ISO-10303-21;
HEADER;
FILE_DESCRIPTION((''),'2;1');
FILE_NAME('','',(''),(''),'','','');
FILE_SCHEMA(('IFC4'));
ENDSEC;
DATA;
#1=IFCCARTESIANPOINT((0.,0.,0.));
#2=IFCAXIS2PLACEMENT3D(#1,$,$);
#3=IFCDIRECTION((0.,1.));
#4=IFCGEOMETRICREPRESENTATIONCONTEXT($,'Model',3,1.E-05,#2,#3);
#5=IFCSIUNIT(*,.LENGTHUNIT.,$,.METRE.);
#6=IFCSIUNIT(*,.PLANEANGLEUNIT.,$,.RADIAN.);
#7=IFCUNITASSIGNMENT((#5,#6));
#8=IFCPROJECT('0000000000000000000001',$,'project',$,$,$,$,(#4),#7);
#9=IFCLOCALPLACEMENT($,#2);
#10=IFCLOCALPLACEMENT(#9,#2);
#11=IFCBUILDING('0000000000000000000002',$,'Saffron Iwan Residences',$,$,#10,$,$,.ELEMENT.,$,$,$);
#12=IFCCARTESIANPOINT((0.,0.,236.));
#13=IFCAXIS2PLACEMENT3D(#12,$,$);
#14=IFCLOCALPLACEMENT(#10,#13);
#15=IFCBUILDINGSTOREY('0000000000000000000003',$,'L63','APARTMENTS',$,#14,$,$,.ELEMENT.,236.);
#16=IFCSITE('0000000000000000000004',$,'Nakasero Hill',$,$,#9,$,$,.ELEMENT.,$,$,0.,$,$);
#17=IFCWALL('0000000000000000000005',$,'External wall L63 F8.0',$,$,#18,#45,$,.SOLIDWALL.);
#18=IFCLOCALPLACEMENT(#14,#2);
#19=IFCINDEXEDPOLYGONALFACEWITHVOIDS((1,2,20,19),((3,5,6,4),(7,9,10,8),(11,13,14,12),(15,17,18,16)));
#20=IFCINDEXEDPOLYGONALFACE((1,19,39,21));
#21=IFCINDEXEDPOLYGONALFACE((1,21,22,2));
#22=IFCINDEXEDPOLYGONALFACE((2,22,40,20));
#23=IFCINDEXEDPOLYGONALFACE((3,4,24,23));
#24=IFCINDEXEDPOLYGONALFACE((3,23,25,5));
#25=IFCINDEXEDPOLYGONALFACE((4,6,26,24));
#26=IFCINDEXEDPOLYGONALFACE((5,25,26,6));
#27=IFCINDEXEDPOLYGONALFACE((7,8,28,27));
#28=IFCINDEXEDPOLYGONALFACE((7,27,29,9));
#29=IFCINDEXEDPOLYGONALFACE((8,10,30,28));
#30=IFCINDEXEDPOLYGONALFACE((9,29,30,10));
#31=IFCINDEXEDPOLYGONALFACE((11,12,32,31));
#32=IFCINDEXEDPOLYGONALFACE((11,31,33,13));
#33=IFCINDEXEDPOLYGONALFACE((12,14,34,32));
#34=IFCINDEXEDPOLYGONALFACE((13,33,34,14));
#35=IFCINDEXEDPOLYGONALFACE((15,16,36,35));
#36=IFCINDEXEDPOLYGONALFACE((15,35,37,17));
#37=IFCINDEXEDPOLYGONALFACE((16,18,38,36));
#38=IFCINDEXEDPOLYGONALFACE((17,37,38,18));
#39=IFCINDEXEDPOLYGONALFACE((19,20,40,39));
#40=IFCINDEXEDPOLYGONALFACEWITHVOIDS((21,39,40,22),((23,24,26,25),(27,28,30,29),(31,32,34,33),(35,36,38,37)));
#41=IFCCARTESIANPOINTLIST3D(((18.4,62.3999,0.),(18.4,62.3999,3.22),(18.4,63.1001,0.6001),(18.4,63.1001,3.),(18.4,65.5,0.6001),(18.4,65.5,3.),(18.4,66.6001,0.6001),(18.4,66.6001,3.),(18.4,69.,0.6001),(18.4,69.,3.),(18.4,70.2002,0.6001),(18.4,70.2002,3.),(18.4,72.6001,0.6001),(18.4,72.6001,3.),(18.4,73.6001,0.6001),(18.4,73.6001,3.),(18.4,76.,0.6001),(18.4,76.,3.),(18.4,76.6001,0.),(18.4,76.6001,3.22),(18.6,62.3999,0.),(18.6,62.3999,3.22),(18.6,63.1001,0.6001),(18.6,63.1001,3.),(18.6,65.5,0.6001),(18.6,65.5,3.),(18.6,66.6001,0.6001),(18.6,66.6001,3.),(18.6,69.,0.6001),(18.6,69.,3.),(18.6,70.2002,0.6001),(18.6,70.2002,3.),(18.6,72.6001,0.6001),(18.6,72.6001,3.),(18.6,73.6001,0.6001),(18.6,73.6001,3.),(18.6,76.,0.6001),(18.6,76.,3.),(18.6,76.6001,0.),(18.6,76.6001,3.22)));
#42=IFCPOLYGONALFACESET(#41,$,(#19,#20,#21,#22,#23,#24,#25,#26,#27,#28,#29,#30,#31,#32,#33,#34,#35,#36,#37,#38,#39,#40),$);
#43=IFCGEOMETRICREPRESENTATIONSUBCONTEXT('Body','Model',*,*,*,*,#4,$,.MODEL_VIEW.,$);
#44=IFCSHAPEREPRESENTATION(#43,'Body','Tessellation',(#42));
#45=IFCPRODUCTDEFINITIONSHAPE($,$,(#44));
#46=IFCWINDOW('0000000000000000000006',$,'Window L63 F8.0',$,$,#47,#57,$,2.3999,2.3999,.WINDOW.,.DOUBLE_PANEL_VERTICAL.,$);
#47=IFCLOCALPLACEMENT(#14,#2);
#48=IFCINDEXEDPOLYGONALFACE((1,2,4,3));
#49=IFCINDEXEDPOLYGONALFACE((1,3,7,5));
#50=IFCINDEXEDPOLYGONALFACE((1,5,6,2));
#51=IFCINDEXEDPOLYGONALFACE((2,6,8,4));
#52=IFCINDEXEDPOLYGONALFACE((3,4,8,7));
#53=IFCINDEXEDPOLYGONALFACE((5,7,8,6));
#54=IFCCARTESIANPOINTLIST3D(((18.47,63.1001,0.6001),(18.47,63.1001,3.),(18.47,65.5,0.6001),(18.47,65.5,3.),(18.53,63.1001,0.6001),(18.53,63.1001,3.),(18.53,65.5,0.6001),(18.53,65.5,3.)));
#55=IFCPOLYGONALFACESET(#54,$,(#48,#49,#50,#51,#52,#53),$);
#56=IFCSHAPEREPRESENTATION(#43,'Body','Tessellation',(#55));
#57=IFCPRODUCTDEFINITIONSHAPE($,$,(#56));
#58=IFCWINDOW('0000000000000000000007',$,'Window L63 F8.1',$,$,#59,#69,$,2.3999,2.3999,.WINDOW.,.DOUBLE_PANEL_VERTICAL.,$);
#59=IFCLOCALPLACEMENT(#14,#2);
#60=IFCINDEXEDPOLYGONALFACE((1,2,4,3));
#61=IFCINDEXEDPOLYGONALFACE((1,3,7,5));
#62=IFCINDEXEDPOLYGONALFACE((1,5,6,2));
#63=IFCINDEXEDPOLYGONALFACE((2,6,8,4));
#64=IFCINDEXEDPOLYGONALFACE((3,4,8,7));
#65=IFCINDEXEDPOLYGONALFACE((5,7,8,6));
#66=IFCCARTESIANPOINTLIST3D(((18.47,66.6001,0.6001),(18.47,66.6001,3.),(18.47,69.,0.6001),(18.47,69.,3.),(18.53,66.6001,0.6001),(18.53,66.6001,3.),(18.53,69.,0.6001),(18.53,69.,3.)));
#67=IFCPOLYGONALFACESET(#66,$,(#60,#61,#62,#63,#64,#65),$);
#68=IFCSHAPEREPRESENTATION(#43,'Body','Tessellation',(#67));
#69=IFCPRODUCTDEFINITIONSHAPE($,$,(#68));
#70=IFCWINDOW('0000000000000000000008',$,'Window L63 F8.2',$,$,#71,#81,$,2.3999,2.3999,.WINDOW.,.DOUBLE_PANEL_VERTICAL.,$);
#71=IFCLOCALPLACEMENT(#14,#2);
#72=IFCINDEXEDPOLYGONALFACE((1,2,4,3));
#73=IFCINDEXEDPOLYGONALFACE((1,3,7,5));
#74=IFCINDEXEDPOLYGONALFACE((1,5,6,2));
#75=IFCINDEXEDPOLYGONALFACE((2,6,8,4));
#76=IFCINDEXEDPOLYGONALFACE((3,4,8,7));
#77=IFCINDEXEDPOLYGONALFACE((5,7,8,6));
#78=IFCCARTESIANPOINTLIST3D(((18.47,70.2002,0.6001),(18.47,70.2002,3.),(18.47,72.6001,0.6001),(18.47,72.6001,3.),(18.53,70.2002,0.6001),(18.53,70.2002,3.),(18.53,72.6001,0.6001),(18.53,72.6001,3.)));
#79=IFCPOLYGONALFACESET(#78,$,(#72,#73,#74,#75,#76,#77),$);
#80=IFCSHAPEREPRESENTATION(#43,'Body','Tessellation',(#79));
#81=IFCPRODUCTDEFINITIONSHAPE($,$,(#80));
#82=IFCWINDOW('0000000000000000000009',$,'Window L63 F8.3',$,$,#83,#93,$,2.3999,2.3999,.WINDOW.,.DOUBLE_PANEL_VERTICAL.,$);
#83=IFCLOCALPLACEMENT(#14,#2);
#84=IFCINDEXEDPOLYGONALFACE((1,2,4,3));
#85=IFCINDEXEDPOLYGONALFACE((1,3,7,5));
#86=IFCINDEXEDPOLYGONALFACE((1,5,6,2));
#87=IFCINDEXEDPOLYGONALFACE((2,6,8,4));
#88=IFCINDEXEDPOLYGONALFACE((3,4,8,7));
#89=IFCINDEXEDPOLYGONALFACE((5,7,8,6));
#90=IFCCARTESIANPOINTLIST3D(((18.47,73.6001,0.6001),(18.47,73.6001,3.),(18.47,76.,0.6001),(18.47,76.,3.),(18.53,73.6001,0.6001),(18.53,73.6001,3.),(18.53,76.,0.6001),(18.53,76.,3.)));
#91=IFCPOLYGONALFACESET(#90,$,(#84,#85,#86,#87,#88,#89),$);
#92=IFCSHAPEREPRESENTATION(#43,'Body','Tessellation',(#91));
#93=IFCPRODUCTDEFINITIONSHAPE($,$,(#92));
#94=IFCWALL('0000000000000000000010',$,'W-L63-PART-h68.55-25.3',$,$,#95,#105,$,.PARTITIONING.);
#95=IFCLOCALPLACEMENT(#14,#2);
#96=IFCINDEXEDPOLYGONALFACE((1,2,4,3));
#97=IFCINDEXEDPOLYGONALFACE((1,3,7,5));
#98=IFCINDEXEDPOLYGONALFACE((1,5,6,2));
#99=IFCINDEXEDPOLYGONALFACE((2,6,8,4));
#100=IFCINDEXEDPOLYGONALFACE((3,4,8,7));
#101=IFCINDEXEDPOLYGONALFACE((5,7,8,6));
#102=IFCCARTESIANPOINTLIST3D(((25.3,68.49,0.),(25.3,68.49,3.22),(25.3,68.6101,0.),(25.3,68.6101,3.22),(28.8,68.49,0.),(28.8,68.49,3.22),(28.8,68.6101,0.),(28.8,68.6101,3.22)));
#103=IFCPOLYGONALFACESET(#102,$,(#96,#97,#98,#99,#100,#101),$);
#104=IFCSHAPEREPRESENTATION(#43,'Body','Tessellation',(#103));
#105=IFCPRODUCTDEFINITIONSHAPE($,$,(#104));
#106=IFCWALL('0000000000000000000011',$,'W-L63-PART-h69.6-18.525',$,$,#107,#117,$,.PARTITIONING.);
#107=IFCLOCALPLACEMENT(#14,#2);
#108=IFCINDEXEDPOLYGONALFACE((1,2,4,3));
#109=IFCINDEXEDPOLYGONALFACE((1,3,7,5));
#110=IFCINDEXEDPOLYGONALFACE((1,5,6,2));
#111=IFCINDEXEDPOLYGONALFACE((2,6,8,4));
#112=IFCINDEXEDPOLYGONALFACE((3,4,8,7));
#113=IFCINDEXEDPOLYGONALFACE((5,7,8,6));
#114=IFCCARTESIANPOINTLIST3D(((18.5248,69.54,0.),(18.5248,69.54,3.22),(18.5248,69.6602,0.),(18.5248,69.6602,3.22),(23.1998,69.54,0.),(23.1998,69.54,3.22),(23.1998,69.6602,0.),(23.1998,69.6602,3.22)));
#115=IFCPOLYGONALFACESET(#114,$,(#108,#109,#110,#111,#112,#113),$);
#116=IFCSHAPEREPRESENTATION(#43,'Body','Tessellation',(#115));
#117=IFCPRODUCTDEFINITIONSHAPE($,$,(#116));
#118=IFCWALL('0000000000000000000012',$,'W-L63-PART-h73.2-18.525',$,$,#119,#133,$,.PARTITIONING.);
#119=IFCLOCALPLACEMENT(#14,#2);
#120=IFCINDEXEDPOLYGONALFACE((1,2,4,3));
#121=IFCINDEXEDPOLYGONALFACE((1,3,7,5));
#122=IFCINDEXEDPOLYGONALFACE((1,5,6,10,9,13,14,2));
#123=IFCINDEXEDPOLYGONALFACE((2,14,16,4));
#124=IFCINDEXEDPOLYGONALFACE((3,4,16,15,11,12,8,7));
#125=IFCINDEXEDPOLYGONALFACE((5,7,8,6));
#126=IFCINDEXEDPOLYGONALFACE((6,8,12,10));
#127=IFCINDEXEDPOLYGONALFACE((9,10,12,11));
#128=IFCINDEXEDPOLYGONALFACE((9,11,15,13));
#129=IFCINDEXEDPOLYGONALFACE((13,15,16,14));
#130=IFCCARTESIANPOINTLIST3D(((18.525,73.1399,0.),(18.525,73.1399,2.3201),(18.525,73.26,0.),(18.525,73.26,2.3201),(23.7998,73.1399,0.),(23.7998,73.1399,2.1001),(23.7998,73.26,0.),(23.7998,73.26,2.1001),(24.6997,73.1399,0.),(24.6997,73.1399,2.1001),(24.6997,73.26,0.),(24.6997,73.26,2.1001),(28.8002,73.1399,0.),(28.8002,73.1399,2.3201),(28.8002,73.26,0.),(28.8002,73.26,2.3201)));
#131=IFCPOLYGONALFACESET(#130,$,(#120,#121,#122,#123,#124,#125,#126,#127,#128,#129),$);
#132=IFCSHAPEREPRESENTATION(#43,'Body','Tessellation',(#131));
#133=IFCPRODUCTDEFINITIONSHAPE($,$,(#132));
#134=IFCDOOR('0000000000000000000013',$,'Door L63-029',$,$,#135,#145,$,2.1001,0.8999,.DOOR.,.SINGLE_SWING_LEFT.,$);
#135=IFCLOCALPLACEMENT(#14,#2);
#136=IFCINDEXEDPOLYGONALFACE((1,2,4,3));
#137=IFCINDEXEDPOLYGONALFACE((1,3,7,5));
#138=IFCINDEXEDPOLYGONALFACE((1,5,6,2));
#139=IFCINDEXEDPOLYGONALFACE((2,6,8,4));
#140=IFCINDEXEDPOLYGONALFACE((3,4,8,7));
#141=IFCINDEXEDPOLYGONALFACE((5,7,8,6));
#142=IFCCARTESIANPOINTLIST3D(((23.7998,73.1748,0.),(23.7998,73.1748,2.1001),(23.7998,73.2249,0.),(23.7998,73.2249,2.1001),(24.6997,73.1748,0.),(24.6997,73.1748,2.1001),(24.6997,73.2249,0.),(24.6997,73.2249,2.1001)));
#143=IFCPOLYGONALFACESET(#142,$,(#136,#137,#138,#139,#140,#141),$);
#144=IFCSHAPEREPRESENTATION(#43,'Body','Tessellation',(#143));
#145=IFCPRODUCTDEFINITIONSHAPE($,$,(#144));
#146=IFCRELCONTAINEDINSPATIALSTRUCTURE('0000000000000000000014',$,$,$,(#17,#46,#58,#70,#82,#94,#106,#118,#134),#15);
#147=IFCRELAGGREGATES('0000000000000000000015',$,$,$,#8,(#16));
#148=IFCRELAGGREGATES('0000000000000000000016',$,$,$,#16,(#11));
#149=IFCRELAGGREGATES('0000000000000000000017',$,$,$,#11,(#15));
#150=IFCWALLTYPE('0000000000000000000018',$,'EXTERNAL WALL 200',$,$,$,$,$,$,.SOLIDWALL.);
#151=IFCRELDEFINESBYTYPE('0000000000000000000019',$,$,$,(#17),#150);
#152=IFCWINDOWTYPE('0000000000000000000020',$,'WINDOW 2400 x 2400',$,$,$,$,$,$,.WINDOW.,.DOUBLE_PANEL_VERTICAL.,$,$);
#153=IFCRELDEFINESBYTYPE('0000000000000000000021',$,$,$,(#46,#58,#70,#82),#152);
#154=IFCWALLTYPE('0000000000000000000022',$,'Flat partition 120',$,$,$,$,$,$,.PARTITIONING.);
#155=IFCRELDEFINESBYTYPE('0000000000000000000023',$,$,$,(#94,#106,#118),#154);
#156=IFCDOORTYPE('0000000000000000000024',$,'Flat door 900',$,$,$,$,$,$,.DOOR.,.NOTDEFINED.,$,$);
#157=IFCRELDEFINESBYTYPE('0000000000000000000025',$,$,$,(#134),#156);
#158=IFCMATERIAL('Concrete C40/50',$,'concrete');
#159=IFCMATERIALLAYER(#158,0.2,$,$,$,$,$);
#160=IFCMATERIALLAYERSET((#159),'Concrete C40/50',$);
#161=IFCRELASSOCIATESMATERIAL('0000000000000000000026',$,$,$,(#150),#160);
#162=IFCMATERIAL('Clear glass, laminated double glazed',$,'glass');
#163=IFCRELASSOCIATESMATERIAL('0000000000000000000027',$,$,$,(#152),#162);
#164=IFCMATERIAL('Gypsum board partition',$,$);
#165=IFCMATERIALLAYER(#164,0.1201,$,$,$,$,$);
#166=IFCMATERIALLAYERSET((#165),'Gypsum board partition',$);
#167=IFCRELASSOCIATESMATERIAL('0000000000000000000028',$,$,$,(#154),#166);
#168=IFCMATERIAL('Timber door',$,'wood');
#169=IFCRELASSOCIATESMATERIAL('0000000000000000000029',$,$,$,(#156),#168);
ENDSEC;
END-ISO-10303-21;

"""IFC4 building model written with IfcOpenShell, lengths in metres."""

from ifc_helpers import new_model, si_unit, direction, frame, frame_2d, origin, place, context, subcontext, project, spatial, rectangle, extrude, material, layer, layer_set, type_object, element, fill, save


model = new_model("IFC4")

# Units and contexts
model_context = context("Model", 3, precision=1e-05, world=origin(), true_north=direction((0.0, 1.0)))
body_context = subcontext(model_context, "Body", "Model", "MODEL_VIEW")
ifc_project = project(units=[si_unit("LENGTHUNIT", "METRE"), si_unit("PLANEANGLEUNIT", "RADIAN")], contexts=[model_context])

# Site, building, storey
site_placement = place(None, origin())
site = spatial("IfcSite", under=ifc_project, at=site_placement, Name="Nakasero Hill", CompositionType="ELEMENT", RefElevation=0.0)
building_placement = place(site_placement, origin())
building = spatial("IfcBuilding", under=site, at=building_placement, Name="Saffron Iwan Residences", CompositionType="ELEMENT")
storey_placement = place(building_placement, frame((0.0, 0.0, 236.0)))
storey = spatial("IfcBuildingStorey", under=building, at=storey_placement, Name="L63", Description="APARTMENTS", CompositionType="ELEMENT", Elevation=236.0)

# Shared definitions
ifc_material_1 = material(Name="Concrete C40/50", Category="concrete")

# Shared definitions
ifc_layer_1 = layer(ifc_material_1, 0.2)
ifc_layer_set_1 = layer_set([ifc_layer_1], Name="Concrete C40/50")
wall_type_1 = type_object("IfcWallType", Name="EXTERNAL WALL 200", PredefinedType="SOLIDWALL", material=ifc_layer_set_1)
ifc_material_2 = material(Name="Clear glass, laminated double glazed", Category="glass")
window_type_1 = type_object("IfcWindowType", Name="WINDOW 2400 x 2400", PartitioningType="DOUBLE_PANEL_VERTICAL", PredefinedType="WINDOW", material=ifc_material_2)

# Wall, openings, windows
wall_1_placement = place(storey_placement, frame((18.5, 76.6001, 0.0), z_axis=(0.0, 0.0, 1.0), x_axis=(0.0, -1.0, 0.0)))
wall_1 = element("IfcWall", 1, at=wall_1_placement, inside=storey, type_object=wall_type_1, Name="External wall L63 F8.0", PredefinedType="SOLIDWALL", context=body_context, shape_type="SweptSolid", body=[
    extrude(rectangle(XDim=14.2002, YDim=0.2, at=frame_2d((7.1001, 0.0))), origin(), (0.0, 0.0, 1.0), 3.22),
])
opening_1_placement = place(wall_1_placement, frame((11.1001, 0.0, 0.6001)))
opening_1 = element("IfcOpeningElement", 2, at=opening_1_placement, cuts=wall_1, PredefinedType="OPENING", context=body_context, shape_type="SweptSolid", body=[
    extrude(rectangle(XDim=2.3999, YDim=2.3999, at=frame_2d((1.2, 1.2))), frame((0.0, 0.1099, 0.0), z_axis=(0.0, -1.0, 0.0), x_axis=(1.0, 0.0, 0.0)), (0.0, 0.0, 1.0), 0.22),
])
opening_2_placement = place(wall_1_placement, frame((7.6001, 0.0, 0.6001)))
opening_2 = element("IfcOpeningElement", 3, at=opening_2_placement, cuts=wall_1, PredefinedType="OPENING", context=body_context, shape_type="SweptSolid", body=[
    extrude(rectangle(XDim=2.3999, YDim=2.3999, at=frame_2d((1.2, 1.2))), frame((0.0, 0.1099, 0.0), z_axis=(0.0, -1.0, 0.0), x_axis=(1.0, 0.0, 0.0)), (0.0, 0.0, 1.0), 0.22),
])
opening_3_placement = place(wall_1_placement, frame((4.0, 0.0, 0.6001)))
opening_3 = element("IfcOpeningElement", 4, at=opening_3_placement, cuts=wall_1, PredefinedType="OPENING", context=body_context, shape_type="SweptSolid", body=[
    extrude(rectangle(XDim=2.3999, YDim=2.3999, at=frame_2d((1.2, 1.2))), frame((0.0, 0.1099, 0.0), z_axis=(0.0, -1.0, 0.0), x_axis=(1.0, 0.0, 0.0)), (0.0, 0.0, 1.0), 0.22),
])
opening_4_placement = place(wall_1_placement, frame((0.6001, 0.0, 0.6001)))
opening_4 = element("IfcOpeningElement", 5, at=opening_4_placement, cuts=wall_1, PredefinedType="OPENING", context=body_context, shape_type="SweptSolid", body=[
    extrude(rectangle(XDim=2.3999, YDim=2.3999, at=frame_2d((1.2, 1.2))), frame((0.0, 0.1099, 0.0), z_axis=(0.0, -1.0, 0.0), x_axis=(1.0, 0.0, 0.0)), (0.0, 0.0, 1.0), 0.22),
])
window_1_placement = place(opening_1_placement, origin())
window_1 = element("IfcWindow", 6, at=window_1_placement, inside=storey, type_object=window_type_1, Name="Window L63 F8.0", OverallHeight=2.3999, OverallWidth=2.3999, PartitioningType="DOUBLE_PANEL_VERTICAL", PredefinedType="WINDOW", context=body_context, shape_type="SweptSolid", body=[
    extrude(rectangle(XDim=2.3999, YDim=2.3999, at=frame_2d((1.2, 1.2))), frame((0.0, 0.03, 0.0), z_axis=(0.0, -1.0, 0.0), x_axis=(1.0, 0.0, 0.0)), (0.0, 0.0, 1.0), 0.0601),
])
fill(opening_1, window_1)
window_2_placement = place(opening_2_placement, origin())
window_2 = element("IfcWindow", 7, at=window_2_placement, inside=storey, type_object=window_type_1, Name="Window L63 F8.1", OverallHeight=2.3999, OverallWidth=2.3999, PartitioningType="DOUBLE_PANEL_VERTICAL", PredefinedType="WINDOW", context=body_context, shape_type="SweptSolid", body=[
    extrude(rectangle(XDim=2.3999, YDim=2.3999, at=frame_2d((1.2, 1.2))), frame((0.0, 0.03, 0.0), z_axis=(0.0, -1.0, 0.0), x_axis=(1.0, 0.0, 0.0)), (0.0, 0.0, 1.0), 0.0601),
])
fill(opening_2, window_2)
window_3_placement = place(opening_3_placement, origin())
window_3 = element("IfcWindow", 8, at=window_3_placement, inside=storey, type_object=window_type_1, Name="Window L63 F8.2", OverallHeight=2.3999, OverallWidth=2.3999, PartitioningType="DOUBLE_PANEL_VERTICAL", PredefinedType="WINDOW", context=body_context, shape_type="SweptSolid", body=[
    extrude(rectangle(XDim=2.3999, YDim=2.3999, at=frame_2d((1.2, 1.2))), frame((0.0, 0.03, 0.0), z_axis=(0.0, -1.0, 0.0), x_axis=(1.0, 0.0, 0.0)), (0.0, 0.0, 1.0), 0.0601),
])
fill(opening_3, window_3)
window_4_placement = place(opening_4_placement, origin())
window_4 = element("IfcWindow", 9, at=window_4_placement, inside=storey, type_object=window_type_1, Name="Window L63 F8.3", OverallHeight=2.3999, OverallWidth=2.3999, PartitioningType="DOUBLE_PANEL_VERTICAL", PredefinedType="WINDOW", context=body_context, shape_type="SweptSolid", body=[
    extrude(rectangle(XDim=2.3999, YDim=2.3999, at=frame_2d((1.2, 1.2))), frame((0.0, 0.03, 0.0), z_axis=(0.0, -1.0, 0.0), x_axis=(1.0, 0.0, 0.0)), (0.0, 0.0, 1.0), 0.0601),
])
fill(opening_4, window_4)

# Walls
ifc_material_3 = material(Name="Gypsum board partition")
ifc_layer_2 = layer(ifc_material_3, 0.1201)
ifc_layer_set_2 = layer_set([ifc_layer_2], Name="Gypsum board partition")
wall_type_2 = type_object("IfcWallType", Name="Flat partition 120", PredefinedType="PARTITIONING", material=ifc_layer_set_2)
wall_2_placement = place(storey_placement, frame((25.3, 68.55, 0.0), z_axis=(0.0, 0.0, 1.0), x_axis=(1.0, 0.0, 0.0)))
element("IfcWall", 10, at=wall_2_placement, inside=storey, type_object=wall_type_2, Name="W-L63-PART-h68.55-25.3", PredefinedType="PARTITIONING", context=body_context, shape_type="SweptSolid", body=[
    extrude(rectangle(XDim=3.5, YDim=0.1201, at=frame_2d((1.75, 0.0))), origin(), (0.0, 0.0, 1.0), 3.22),
])
wall_3_placement = place(storey_placement, frame((18.5249, 69.6001, 0.0), z_axis=(0.0, 0.0, 1.0), x_axis=(1.0, 0.0, 0.0)))
element("IfcWall", 11, at=wall_3_placement, inside=storey, type_object=wall_type_2, Name="W-L63-PART-h69.6-18.525", PredefinedType="PARTITIONING", context=body_context, shape_type="SweptSolid", body=[
    extrude(rectangle(XDim=4.675, YDim=0.1201, at=frame_2d((2.3374, 0.0))), origin(), (0.0, 0.0, 1.0), 3.22),
])

# Wall, opening, door
wall_4_placement = place(storey_placement, frame((18.5249, 73.2, 0.0), z_axis=(0.0, 0.0, 1.0), x_axis=(1.0, 0.0, 0.0)))
wall_4 = element("IfcWall", 12, at=wall_4_placement, inside=storey, type_object=wall_type_2, Name="W-L63-PART-h73.2-18.525", PredefinedType="PARTITIONING", context=body_context, shape_type="SweptSolid", body=[
    extrude(rectangle(XDim=10.2751, YDim=0.1201, at=frame_2d((5.1377, 0.0))), origin(), (0.0, 0.0, 1.0), 2.3201),
])
opening_5_placement = place(wall_4_placement, frame((5.2749, 0.0, 0.0)))
opening_5 = element("IfcOpeningElement", 13, at=opening_5_placement, cuts=wall_4, PredefinedType="OPENING", context=body_context, shape_type="SweptSolid", body=[
    extrude(rectangle(XDim=0.8999, YDim=2.1001, at=frame_2d((0.45, 1.05))), frame((0.0, 0.0701, 0.0), z_axis=(0.0, -1.0, 0.0), x_axis=(1.0, 0.0, 0.0)), (0.0, 0.0, 1.0), 0.1401),
])
ifc_material_4 = material(Name="Timber door", Category="wood")
door_type = type_object("IfcDoorType", Name="Flat door 900", OperationType="NOTDEFINED", PredefinedType="DOOR", material=ifc_material_4)
door_placement = place(opening_5_placement, origin())
door = element("IfcDoor", 14, at=door_placement, inside=storey, type_object=door_type, Name="Door L63-029", OperationType="SINGLE_SWING_LEFT", OverallHeight=2.1001, OverallWidth=0.8999, PredefinedType="DOOR", context=body_context, shape_type="SweptSolid", body=[
    extrude(rectangle(XDim=0.8999, YDim=2.1001, at=frame_2d((0.45, 1.05))), frame((0.0, 0.0249, 0.0), z_axis=(0.0, -1.0, 0.0), x_axis=(1.0, 0.0, 0.0)), (0.0, 0.0, 1.0), 0.05),
])
fill(opening_5, door)

save(model, "model.ifc")
